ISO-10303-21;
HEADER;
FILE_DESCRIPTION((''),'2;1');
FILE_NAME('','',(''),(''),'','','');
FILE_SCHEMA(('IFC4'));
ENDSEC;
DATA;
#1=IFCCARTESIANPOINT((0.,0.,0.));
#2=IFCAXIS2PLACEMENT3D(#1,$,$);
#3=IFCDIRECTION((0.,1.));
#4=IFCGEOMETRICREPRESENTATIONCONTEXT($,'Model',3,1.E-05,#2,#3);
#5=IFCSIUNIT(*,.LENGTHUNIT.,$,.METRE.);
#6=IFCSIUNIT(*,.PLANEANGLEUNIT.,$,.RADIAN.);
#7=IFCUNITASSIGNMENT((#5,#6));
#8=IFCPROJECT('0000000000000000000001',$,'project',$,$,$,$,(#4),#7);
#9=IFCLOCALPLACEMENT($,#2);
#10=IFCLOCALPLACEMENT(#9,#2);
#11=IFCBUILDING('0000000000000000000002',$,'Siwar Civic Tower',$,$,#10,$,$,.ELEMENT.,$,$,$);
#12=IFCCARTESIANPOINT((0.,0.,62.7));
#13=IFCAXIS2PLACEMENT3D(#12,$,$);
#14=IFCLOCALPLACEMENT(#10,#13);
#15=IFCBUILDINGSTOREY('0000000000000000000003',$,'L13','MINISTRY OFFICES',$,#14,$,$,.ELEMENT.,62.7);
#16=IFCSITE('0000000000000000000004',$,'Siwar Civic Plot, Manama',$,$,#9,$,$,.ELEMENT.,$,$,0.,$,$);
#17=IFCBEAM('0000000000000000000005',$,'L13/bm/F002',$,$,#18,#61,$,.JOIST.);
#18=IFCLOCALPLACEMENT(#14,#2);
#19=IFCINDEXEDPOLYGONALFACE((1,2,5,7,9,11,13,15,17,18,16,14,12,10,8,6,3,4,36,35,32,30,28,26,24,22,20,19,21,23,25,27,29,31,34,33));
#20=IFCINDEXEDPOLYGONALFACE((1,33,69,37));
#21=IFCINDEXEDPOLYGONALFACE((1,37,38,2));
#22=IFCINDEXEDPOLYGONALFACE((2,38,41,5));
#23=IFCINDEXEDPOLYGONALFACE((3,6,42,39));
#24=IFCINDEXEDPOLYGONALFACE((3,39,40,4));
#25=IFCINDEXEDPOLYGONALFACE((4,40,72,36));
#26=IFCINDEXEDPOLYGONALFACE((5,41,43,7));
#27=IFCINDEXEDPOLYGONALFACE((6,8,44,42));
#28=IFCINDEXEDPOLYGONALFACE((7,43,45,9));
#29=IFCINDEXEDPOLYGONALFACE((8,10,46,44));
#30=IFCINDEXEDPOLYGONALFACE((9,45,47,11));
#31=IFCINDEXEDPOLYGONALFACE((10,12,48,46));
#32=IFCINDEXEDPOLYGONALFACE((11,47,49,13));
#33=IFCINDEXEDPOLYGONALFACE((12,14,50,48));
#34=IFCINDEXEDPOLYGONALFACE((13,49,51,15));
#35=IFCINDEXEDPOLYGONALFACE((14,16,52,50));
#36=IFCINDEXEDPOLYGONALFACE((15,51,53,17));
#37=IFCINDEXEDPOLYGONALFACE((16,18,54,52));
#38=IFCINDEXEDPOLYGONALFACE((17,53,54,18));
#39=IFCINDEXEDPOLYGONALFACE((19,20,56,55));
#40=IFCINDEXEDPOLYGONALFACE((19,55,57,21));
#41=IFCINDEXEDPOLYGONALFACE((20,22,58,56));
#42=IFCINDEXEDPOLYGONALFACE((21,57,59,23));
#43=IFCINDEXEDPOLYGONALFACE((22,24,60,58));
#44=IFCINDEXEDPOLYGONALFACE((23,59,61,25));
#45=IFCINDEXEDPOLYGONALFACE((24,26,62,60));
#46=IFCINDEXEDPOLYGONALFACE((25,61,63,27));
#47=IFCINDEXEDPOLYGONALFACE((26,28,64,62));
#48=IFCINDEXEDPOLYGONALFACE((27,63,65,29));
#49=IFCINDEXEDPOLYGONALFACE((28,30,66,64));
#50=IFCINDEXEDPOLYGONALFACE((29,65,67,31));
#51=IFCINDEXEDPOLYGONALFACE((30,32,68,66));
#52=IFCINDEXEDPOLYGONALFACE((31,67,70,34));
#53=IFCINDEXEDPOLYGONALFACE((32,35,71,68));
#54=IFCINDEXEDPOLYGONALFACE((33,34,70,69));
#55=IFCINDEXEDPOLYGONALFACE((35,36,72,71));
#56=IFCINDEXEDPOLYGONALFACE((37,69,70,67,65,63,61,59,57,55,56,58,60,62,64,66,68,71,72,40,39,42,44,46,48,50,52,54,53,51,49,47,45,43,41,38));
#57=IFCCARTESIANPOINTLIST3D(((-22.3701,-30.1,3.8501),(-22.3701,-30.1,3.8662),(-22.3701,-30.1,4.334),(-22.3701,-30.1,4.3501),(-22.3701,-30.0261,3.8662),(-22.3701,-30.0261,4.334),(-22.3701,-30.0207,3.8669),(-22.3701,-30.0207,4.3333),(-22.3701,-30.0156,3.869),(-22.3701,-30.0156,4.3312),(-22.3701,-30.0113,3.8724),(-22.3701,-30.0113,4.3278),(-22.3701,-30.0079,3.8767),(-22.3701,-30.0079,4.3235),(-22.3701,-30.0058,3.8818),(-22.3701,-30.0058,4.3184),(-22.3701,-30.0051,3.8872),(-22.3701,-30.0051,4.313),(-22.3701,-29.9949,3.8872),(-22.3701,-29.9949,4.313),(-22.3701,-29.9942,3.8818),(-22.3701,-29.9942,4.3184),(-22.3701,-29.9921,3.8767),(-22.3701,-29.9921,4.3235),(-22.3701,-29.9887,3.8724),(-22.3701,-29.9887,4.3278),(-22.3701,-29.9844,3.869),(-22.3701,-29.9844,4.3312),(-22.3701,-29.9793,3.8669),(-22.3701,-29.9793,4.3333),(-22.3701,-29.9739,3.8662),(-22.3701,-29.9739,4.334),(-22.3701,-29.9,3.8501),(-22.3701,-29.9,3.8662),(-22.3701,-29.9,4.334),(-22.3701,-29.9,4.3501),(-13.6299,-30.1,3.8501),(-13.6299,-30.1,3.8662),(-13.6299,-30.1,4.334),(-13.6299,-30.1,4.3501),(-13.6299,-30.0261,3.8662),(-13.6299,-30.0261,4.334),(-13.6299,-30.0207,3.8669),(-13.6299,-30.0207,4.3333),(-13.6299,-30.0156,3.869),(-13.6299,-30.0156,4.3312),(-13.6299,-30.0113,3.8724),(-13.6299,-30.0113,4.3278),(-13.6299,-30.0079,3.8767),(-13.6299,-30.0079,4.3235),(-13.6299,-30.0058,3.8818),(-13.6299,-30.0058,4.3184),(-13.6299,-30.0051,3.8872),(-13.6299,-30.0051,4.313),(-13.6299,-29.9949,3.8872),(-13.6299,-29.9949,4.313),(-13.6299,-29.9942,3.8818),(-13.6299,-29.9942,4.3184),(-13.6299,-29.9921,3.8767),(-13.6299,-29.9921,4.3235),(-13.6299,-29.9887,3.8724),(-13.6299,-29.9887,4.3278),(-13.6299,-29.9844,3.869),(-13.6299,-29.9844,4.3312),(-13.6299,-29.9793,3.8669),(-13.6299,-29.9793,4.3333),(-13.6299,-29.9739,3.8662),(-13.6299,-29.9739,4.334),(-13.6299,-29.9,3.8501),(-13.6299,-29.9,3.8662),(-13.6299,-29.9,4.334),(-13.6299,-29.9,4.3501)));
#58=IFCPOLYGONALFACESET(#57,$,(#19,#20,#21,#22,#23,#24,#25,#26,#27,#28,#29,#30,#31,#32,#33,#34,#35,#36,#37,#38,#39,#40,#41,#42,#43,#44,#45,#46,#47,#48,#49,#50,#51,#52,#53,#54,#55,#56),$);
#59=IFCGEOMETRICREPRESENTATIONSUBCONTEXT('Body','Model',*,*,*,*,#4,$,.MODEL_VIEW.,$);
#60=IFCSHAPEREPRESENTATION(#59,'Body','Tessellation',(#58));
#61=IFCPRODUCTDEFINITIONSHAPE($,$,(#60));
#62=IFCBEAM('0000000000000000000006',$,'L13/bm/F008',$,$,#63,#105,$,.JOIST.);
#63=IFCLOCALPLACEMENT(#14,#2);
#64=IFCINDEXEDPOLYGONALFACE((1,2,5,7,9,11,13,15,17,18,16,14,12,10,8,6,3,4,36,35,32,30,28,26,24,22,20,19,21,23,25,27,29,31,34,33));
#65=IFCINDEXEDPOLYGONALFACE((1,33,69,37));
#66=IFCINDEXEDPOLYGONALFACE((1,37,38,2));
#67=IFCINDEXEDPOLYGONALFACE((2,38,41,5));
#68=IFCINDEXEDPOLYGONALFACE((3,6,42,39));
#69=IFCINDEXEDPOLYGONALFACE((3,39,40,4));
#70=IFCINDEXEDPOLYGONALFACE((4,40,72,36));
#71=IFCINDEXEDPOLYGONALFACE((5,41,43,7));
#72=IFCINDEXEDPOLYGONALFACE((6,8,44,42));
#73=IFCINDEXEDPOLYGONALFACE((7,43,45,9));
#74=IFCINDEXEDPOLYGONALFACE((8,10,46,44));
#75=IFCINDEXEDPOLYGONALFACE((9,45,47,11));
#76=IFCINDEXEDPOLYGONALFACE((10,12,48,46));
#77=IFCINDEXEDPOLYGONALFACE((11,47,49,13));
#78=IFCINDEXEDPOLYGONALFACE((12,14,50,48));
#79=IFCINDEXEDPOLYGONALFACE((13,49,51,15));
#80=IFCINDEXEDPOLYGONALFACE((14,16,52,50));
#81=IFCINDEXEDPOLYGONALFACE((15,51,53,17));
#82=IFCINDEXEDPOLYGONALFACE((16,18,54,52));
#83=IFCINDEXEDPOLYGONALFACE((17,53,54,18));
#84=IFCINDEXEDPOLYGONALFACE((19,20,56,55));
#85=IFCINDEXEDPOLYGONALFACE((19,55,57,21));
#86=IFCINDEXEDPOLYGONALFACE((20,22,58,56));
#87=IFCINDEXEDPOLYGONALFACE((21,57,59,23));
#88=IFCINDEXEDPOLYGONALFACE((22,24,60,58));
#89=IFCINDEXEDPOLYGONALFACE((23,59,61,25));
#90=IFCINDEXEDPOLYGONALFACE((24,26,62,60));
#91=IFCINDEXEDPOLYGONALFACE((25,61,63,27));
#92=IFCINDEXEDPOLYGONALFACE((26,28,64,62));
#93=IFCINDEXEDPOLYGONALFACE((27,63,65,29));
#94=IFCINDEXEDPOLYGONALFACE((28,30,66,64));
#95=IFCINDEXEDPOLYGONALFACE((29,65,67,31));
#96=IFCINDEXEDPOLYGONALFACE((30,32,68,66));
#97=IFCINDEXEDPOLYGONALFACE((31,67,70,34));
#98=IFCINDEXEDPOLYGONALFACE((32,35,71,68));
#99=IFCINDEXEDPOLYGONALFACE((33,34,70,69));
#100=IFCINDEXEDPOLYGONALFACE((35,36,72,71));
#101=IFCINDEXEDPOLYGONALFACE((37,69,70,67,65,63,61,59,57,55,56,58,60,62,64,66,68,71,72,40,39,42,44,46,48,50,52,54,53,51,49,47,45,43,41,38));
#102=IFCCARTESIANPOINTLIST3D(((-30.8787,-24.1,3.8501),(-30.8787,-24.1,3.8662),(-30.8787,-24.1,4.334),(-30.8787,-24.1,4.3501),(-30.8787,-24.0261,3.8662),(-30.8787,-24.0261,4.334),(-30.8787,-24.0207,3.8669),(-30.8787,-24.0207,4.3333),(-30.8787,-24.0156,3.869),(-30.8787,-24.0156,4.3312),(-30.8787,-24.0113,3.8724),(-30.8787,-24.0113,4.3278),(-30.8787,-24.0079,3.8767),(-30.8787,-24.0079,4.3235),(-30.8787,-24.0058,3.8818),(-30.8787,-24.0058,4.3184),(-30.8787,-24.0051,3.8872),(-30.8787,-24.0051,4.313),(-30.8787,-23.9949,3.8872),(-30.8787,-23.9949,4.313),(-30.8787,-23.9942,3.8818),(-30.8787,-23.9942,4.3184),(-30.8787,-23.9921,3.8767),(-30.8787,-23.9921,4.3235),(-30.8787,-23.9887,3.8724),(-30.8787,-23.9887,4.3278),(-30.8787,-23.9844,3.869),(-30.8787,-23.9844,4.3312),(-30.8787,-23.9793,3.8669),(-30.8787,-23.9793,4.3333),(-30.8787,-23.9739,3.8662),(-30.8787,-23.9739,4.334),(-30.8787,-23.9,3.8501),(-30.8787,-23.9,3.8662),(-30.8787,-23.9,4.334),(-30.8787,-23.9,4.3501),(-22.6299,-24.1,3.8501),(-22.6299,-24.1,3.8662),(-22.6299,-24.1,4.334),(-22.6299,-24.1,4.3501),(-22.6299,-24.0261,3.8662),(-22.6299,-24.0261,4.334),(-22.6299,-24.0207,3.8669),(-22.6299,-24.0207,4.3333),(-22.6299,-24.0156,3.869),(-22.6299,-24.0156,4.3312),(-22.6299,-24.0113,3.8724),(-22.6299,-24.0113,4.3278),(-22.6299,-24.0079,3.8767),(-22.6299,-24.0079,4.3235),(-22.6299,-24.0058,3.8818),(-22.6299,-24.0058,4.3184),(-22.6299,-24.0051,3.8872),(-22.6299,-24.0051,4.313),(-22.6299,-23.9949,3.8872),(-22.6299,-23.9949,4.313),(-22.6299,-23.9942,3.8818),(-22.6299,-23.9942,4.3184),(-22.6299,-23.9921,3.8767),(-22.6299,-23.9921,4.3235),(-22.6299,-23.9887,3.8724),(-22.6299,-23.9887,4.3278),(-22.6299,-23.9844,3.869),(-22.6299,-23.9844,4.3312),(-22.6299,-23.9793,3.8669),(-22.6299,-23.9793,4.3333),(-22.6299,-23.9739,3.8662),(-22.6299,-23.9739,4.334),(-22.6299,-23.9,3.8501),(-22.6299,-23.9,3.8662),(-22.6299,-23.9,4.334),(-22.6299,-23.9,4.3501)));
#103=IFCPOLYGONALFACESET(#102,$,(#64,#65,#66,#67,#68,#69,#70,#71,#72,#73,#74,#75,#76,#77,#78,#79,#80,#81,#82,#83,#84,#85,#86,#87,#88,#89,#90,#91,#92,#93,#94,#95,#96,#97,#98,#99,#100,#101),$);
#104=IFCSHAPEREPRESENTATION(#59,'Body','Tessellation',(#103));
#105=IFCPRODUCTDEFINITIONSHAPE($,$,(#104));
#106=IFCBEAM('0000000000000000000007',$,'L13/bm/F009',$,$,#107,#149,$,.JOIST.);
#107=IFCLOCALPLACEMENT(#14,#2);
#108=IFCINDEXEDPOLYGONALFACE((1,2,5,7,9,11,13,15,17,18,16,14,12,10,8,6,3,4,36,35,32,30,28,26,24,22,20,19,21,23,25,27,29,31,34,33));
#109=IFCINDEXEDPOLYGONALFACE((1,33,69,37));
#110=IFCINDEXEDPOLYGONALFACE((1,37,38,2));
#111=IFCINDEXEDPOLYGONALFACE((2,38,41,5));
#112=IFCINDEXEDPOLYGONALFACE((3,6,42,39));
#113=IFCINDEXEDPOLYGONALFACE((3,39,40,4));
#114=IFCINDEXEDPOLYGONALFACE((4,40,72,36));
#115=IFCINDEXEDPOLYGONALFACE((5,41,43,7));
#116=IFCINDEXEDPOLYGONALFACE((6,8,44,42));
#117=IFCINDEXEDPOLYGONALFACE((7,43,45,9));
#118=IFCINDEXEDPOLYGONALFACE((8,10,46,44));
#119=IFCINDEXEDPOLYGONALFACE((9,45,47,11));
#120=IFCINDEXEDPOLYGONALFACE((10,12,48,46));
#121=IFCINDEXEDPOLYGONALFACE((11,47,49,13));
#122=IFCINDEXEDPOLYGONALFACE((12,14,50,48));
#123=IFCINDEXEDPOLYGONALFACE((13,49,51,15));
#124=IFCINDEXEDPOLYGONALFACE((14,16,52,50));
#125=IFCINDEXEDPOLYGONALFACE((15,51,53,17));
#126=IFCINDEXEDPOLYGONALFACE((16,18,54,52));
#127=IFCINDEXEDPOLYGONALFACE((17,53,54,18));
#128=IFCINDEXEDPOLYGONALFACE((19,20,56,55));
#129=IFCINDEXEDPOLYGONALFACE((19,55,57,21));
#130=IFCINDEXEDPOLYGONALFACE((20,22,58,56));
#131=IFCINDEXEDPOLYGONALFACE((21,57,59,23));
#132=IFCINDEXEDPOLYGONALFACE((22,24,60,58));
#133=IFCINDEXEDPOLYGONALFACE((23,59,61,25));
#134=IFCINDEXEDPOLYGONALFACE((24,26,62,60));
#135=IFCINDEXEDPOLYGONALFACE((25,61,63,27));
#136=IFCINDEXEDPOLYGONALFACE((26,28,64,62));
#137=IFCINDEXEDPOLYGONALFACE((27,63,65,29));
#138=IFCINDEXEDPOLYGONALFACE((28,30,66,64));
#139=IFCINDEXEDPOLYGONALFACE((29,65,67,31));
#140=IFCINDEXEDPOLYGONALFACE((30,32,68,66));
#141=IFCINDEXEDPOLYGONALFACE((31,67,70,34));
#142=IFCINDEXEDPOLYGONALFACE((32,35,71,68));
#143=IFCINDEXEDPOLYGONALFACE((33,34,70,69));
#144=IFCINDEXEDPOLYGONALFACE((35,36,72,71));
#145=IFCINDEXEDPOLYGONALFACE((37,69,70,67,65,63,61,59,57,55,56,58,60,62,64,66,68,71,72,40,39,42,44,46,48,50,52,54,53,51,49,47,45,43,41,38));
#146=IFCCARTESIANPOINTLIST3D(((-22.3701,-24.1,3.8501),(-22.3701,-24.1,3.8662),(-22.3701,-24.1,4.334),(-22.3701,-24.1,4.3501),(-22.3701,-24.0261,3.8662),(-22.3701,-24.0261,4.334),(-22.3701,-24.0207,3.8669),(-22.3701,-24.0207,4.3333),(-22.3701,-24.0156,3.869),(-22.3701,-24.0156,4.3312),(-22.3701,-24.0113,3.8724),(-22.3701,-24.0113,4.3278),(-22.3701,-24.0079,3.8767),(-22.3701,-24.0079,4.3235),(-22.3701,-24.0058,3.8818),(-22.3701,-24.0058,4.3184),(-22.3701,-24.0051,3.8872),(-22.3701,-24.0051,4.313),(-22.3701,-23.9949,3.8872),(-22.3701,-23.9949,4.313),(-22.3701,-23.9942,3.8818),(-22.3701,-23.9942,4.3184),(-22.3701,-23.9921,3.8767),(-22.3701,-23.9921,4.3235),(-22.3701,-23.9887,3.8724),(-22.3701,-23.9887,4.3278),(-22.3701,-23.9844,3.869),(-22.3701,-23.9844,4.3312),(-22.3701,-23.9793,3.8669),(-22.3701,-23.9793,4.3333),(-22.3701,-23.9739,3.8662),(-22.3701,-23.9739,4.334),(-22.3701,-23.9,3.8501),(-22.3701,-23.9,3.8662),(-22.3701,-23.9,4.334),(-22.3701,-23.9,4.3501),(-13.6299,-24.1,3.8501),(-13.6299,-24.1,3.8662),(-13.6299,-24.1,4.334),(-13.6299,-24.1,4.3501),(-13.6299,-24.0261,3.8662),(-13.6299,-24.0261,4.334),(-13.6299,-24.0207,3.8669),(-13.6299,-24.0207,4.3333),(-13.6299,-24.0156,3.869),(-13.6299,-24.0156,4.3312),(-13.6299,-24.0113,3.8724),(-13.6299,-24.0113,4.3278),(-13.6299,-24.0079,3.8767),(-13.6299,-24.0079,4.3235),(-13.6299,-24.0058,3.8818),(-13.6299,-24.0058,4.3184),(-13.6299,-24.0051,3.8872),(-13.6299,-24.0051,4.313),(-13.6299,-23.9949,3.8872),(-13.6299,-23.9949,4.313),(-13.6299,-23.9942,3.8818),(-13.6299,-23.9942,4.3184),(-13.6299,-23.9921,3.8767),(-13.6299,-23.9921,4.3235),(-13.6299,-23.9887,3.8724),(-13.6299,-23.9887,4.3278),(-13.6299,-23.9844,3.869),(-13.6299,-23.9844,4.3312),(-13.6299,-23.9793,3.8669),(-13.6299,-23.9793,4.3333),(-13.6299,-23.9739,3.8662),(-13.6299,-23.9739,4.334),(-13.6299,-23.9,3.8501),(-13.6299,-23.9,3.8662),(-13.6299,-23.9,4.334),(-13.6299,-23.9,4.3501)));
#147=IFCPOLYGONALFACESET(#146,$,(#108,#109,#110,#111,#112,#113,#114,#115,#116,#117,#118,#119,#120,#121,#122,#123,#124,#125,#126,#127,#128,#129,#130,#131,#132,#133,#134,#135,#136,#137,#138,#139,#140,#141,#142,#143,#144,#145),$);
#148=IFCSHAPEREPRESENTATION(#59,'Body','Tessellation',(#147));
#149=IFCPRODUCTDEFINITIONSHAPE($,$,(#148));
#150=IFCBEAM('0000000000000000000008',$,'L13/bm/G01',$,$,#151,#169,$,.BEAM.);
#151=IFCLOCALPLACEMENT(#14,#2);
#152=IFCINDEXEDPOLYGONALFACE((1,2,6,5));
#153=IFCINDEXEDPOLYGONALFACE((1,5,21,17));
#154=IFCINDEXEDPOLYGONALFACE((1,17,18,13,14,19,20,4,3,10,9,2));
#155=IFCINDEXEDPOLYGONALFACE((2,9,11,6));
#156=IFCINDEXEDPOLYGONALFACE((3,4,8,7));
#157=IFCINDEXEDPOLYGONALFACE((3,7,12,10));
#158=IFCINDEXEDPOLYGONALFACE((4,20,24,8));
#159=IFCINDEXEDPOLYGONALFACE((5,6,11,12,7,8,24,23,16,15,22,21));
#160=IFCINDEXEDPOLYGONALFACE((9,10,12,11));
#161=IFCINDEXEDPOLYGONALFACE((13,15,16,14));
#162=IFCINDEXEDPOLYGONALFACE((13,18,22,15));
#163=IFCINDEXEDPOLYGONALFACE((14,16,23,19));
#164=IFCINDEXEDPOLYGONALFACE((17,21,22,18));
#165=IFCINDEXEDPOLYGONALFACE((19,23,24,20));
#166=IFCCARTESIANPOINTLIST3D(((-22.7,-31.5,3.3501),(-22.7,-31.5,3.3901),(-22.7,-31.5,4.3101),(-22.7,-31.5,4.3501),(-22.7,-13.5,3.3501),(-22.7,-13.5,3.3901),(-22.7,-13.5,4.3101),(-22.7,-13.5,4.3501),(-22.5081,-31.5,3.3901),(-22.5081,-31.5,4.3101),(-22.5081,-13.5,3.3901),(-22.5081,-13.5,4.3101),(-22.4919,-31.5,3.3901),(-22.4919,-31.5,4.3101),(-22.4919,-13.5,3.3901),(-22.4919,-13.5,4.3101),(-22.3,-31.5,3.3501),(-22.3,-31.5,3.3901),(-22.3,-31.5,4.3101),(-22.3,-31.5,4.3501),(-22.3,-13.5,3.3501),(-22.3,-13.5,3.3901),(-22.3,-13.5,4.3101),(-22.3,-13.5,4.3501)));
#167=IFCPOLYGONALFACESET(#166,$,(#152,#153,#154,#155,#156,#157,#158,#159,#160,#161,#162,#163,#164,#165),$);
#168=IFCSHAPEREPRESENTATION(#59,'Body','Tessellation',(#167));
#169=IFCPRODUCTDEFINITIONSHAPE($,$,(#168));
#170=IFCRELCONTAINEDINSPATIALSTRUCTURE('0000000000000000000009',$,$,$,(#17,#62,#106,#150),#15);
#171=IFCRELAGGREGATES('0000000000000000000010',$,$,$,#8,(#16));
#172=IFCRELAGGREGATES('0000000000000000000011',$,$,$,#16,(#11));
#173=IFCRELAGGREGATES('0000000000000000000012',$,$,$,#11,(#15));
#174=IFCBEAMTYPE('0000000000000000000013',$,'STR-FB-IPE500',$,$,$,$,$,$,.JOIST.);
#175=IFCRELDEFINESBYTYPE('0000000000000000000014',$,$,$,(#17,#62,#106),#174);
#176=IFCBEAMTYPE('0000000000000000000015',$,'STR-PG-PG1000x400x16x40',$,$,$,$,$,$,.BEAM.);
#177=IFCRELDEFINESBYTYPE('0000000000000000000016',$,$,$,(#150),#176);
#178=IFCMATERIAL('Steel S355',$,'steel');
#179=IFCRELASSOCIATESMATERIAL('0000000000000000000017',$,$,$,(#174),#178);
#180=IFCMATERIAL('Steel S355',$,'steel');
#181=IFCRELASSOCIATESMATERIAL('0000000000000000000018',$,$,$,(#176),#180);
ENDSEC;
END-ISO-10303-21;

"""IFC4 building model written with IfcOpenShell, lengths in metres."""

from ifc_helpers import new_model, si_unit, direction, frame, origin, origin_2d, place, context, subcontext, project, spatial, i_section, extrude, material, material_profile, profile_set, type_object, element, save


model = new_model("IFC4")

# Units and contexts
model_context = context("Model", 3, precision=1e-05, world=origin(), true_north=direction((0.0, 1.0)))
body_context = subcontext(model_context, "Body", "Model", "MODEL_VIEW")
ifc_project = project(units=[si_unit("LENGTHUNIT", "METRE"), si_unit("PLANEANGLEUNIT", "RADIAN")], contexts=[model_context])

# Site, building, storey
site_placement = place(None, origin())
site = spatial("IfcSite", under=ifc_project, at=site_placement, Name="Siwar Civic Plot, Manama", CompositionType="ELEMENT", RefElevation=0.0)
building_placement = place(site_placement, origin())
building = spatial("IfcBuilding", under=site, at=building_placement, Name="Siwar Civic Tower", CompositionType="ELEMENT")
storey_placement = place(building_placement, frame((0.0, 0.0, 62.7)))
storey = spatial("IfcBuildingStorey", under=building, at=storey_placement, Name="L13", Description="MINISTRY OFFICES", CompositionType="ELEMENT", Elevation=62.7)

# Beams
ifc_material_1 = material(Name="Steel S355", Category="steel")
ifc_material_profile_1 = material_profile(ifc_material_1, i_section(OverallWidth=0.2, OverallDepth=0.5, WebThickness=0.0103, FlangeThickness=0.0161, FilletRadius=0.021, at=origin_2d()), Name="IPE500")
ifc_profile_set_1 = profile_set([ifc_material_profile_1], Name="Steel S355")
beam_type_1 = type_object("IfcBeamType", Name="STR-FB-IPE500", PredefinedType="JOIST", material=ifc_profile_set_1)
beam_1_placement = place(storey_placement, frame((-22.3701, -30.0, 4.1001), z_axis=(1.0, 0.0, 0.0), x_axis=(0.0, 1.0, 0.0)))
element("IfcBeam", 1, at=beam_1_placement, inside=storey, type_object=beam_type_1, Name="L13/bm/F002", PredefinedType="JOIST", context=body_context, shape_type="SweptSolid", body=[
    extrude(i_section(OverallWidth=0.2, OverallDepth=0.5, WebThickness=0.0103, FlangeThickness=0.0161, FilletRadius=0.021, at=origin_2d()), origin(), (0.0, 0.0, 1.0), 8.7402),
])
beam_2_placement = place(storey_placement, frame((-30.8787, -24.0, 4.1001), z_axis=(1.0, 0.0, 0.0), x_axis=(0.0, 1.0, 0.0)))
element("IfcBeam", 2, at=beam_2_placement, inside=storey, type_object=beam_type_1, Name="L13/bm/F008", PredefinedType="JOIST", context=body_context, shape_type="SweptSolid", body=[
    extrude(i_section(OverallWidth=0.2, OverallDepth=0.5, WebThickness=0.0103, FlangeThickness=0.0161, FilletRadius=0.021, at=origin_2d()), origin(), (0.0, 0.0, 1.0), 8.2488),
])
beam_3_placement = place(storey_placement, frame((-22.3701, -24.0, 4.1001), z_axis=(1.0, 0.0, 0.0), x_axis=(0.0, 1.0, 0.0)))
element("IfcBeam", 3, at=beam_3_placement, inside=storey, type_object=beam_type_1, Name="L13/bm/F009", PredefinedType="JOIST", context=body_context, shape_type="SweptSolid", body=[
    extrude(i_section(OverallWidth=0.2, OverallDepth=0.5, WebThickness=0.0103, FlangeThickness=0.0161, FilletRadius=0.021, at=origin_2d()), origin(), (0.0, 0.0, 1.0), 8.7402),
])
ifc_material_2 = material(Name="Steel S355", Category="steel")
ifc_material_profile_2 = material_profile(ifc_material_2, i_section(OverallWidth=0.3999, OverallDepth=1.0, WebThickness=0.0161, FlangeThickness=0.04, at=origin_2d()), Name="PG1000x400x16x40")
ifc_profile_set_2 = profile_set([ifc_material_profile_2], Name="Steel S355")
beam_type_2 = type_object("IfcBeamType", Name="STR-PG-PG1000x400x16x40", PredefinedType="BEAM", material=ifc_profile_set_2)
beam_4_placement = place(storey_placement, frame((-22.5, -31.5, 3.8501), z_axis=(0.0, 1.0, 0.0), x_axis=(-1.0, 0.0, 0.0)))
element("IfcBeam", 4, at=beam_4_placement, inside=storey, type_object=beam_type_2, Name="L13/bm/G01", PredefinedType="BEAM", context=body_context, shape_type="SweptSolid", body=[
    extrude(i_section(OverallWidth=0.3999, OverallDepth=1.0, WebThickness=0.0161, FlangeThickness=0.04, at=origin_2d()), origin(), (0.0, 0.0, 1.0), 18.0),
])

save(model, "model.ifc")
